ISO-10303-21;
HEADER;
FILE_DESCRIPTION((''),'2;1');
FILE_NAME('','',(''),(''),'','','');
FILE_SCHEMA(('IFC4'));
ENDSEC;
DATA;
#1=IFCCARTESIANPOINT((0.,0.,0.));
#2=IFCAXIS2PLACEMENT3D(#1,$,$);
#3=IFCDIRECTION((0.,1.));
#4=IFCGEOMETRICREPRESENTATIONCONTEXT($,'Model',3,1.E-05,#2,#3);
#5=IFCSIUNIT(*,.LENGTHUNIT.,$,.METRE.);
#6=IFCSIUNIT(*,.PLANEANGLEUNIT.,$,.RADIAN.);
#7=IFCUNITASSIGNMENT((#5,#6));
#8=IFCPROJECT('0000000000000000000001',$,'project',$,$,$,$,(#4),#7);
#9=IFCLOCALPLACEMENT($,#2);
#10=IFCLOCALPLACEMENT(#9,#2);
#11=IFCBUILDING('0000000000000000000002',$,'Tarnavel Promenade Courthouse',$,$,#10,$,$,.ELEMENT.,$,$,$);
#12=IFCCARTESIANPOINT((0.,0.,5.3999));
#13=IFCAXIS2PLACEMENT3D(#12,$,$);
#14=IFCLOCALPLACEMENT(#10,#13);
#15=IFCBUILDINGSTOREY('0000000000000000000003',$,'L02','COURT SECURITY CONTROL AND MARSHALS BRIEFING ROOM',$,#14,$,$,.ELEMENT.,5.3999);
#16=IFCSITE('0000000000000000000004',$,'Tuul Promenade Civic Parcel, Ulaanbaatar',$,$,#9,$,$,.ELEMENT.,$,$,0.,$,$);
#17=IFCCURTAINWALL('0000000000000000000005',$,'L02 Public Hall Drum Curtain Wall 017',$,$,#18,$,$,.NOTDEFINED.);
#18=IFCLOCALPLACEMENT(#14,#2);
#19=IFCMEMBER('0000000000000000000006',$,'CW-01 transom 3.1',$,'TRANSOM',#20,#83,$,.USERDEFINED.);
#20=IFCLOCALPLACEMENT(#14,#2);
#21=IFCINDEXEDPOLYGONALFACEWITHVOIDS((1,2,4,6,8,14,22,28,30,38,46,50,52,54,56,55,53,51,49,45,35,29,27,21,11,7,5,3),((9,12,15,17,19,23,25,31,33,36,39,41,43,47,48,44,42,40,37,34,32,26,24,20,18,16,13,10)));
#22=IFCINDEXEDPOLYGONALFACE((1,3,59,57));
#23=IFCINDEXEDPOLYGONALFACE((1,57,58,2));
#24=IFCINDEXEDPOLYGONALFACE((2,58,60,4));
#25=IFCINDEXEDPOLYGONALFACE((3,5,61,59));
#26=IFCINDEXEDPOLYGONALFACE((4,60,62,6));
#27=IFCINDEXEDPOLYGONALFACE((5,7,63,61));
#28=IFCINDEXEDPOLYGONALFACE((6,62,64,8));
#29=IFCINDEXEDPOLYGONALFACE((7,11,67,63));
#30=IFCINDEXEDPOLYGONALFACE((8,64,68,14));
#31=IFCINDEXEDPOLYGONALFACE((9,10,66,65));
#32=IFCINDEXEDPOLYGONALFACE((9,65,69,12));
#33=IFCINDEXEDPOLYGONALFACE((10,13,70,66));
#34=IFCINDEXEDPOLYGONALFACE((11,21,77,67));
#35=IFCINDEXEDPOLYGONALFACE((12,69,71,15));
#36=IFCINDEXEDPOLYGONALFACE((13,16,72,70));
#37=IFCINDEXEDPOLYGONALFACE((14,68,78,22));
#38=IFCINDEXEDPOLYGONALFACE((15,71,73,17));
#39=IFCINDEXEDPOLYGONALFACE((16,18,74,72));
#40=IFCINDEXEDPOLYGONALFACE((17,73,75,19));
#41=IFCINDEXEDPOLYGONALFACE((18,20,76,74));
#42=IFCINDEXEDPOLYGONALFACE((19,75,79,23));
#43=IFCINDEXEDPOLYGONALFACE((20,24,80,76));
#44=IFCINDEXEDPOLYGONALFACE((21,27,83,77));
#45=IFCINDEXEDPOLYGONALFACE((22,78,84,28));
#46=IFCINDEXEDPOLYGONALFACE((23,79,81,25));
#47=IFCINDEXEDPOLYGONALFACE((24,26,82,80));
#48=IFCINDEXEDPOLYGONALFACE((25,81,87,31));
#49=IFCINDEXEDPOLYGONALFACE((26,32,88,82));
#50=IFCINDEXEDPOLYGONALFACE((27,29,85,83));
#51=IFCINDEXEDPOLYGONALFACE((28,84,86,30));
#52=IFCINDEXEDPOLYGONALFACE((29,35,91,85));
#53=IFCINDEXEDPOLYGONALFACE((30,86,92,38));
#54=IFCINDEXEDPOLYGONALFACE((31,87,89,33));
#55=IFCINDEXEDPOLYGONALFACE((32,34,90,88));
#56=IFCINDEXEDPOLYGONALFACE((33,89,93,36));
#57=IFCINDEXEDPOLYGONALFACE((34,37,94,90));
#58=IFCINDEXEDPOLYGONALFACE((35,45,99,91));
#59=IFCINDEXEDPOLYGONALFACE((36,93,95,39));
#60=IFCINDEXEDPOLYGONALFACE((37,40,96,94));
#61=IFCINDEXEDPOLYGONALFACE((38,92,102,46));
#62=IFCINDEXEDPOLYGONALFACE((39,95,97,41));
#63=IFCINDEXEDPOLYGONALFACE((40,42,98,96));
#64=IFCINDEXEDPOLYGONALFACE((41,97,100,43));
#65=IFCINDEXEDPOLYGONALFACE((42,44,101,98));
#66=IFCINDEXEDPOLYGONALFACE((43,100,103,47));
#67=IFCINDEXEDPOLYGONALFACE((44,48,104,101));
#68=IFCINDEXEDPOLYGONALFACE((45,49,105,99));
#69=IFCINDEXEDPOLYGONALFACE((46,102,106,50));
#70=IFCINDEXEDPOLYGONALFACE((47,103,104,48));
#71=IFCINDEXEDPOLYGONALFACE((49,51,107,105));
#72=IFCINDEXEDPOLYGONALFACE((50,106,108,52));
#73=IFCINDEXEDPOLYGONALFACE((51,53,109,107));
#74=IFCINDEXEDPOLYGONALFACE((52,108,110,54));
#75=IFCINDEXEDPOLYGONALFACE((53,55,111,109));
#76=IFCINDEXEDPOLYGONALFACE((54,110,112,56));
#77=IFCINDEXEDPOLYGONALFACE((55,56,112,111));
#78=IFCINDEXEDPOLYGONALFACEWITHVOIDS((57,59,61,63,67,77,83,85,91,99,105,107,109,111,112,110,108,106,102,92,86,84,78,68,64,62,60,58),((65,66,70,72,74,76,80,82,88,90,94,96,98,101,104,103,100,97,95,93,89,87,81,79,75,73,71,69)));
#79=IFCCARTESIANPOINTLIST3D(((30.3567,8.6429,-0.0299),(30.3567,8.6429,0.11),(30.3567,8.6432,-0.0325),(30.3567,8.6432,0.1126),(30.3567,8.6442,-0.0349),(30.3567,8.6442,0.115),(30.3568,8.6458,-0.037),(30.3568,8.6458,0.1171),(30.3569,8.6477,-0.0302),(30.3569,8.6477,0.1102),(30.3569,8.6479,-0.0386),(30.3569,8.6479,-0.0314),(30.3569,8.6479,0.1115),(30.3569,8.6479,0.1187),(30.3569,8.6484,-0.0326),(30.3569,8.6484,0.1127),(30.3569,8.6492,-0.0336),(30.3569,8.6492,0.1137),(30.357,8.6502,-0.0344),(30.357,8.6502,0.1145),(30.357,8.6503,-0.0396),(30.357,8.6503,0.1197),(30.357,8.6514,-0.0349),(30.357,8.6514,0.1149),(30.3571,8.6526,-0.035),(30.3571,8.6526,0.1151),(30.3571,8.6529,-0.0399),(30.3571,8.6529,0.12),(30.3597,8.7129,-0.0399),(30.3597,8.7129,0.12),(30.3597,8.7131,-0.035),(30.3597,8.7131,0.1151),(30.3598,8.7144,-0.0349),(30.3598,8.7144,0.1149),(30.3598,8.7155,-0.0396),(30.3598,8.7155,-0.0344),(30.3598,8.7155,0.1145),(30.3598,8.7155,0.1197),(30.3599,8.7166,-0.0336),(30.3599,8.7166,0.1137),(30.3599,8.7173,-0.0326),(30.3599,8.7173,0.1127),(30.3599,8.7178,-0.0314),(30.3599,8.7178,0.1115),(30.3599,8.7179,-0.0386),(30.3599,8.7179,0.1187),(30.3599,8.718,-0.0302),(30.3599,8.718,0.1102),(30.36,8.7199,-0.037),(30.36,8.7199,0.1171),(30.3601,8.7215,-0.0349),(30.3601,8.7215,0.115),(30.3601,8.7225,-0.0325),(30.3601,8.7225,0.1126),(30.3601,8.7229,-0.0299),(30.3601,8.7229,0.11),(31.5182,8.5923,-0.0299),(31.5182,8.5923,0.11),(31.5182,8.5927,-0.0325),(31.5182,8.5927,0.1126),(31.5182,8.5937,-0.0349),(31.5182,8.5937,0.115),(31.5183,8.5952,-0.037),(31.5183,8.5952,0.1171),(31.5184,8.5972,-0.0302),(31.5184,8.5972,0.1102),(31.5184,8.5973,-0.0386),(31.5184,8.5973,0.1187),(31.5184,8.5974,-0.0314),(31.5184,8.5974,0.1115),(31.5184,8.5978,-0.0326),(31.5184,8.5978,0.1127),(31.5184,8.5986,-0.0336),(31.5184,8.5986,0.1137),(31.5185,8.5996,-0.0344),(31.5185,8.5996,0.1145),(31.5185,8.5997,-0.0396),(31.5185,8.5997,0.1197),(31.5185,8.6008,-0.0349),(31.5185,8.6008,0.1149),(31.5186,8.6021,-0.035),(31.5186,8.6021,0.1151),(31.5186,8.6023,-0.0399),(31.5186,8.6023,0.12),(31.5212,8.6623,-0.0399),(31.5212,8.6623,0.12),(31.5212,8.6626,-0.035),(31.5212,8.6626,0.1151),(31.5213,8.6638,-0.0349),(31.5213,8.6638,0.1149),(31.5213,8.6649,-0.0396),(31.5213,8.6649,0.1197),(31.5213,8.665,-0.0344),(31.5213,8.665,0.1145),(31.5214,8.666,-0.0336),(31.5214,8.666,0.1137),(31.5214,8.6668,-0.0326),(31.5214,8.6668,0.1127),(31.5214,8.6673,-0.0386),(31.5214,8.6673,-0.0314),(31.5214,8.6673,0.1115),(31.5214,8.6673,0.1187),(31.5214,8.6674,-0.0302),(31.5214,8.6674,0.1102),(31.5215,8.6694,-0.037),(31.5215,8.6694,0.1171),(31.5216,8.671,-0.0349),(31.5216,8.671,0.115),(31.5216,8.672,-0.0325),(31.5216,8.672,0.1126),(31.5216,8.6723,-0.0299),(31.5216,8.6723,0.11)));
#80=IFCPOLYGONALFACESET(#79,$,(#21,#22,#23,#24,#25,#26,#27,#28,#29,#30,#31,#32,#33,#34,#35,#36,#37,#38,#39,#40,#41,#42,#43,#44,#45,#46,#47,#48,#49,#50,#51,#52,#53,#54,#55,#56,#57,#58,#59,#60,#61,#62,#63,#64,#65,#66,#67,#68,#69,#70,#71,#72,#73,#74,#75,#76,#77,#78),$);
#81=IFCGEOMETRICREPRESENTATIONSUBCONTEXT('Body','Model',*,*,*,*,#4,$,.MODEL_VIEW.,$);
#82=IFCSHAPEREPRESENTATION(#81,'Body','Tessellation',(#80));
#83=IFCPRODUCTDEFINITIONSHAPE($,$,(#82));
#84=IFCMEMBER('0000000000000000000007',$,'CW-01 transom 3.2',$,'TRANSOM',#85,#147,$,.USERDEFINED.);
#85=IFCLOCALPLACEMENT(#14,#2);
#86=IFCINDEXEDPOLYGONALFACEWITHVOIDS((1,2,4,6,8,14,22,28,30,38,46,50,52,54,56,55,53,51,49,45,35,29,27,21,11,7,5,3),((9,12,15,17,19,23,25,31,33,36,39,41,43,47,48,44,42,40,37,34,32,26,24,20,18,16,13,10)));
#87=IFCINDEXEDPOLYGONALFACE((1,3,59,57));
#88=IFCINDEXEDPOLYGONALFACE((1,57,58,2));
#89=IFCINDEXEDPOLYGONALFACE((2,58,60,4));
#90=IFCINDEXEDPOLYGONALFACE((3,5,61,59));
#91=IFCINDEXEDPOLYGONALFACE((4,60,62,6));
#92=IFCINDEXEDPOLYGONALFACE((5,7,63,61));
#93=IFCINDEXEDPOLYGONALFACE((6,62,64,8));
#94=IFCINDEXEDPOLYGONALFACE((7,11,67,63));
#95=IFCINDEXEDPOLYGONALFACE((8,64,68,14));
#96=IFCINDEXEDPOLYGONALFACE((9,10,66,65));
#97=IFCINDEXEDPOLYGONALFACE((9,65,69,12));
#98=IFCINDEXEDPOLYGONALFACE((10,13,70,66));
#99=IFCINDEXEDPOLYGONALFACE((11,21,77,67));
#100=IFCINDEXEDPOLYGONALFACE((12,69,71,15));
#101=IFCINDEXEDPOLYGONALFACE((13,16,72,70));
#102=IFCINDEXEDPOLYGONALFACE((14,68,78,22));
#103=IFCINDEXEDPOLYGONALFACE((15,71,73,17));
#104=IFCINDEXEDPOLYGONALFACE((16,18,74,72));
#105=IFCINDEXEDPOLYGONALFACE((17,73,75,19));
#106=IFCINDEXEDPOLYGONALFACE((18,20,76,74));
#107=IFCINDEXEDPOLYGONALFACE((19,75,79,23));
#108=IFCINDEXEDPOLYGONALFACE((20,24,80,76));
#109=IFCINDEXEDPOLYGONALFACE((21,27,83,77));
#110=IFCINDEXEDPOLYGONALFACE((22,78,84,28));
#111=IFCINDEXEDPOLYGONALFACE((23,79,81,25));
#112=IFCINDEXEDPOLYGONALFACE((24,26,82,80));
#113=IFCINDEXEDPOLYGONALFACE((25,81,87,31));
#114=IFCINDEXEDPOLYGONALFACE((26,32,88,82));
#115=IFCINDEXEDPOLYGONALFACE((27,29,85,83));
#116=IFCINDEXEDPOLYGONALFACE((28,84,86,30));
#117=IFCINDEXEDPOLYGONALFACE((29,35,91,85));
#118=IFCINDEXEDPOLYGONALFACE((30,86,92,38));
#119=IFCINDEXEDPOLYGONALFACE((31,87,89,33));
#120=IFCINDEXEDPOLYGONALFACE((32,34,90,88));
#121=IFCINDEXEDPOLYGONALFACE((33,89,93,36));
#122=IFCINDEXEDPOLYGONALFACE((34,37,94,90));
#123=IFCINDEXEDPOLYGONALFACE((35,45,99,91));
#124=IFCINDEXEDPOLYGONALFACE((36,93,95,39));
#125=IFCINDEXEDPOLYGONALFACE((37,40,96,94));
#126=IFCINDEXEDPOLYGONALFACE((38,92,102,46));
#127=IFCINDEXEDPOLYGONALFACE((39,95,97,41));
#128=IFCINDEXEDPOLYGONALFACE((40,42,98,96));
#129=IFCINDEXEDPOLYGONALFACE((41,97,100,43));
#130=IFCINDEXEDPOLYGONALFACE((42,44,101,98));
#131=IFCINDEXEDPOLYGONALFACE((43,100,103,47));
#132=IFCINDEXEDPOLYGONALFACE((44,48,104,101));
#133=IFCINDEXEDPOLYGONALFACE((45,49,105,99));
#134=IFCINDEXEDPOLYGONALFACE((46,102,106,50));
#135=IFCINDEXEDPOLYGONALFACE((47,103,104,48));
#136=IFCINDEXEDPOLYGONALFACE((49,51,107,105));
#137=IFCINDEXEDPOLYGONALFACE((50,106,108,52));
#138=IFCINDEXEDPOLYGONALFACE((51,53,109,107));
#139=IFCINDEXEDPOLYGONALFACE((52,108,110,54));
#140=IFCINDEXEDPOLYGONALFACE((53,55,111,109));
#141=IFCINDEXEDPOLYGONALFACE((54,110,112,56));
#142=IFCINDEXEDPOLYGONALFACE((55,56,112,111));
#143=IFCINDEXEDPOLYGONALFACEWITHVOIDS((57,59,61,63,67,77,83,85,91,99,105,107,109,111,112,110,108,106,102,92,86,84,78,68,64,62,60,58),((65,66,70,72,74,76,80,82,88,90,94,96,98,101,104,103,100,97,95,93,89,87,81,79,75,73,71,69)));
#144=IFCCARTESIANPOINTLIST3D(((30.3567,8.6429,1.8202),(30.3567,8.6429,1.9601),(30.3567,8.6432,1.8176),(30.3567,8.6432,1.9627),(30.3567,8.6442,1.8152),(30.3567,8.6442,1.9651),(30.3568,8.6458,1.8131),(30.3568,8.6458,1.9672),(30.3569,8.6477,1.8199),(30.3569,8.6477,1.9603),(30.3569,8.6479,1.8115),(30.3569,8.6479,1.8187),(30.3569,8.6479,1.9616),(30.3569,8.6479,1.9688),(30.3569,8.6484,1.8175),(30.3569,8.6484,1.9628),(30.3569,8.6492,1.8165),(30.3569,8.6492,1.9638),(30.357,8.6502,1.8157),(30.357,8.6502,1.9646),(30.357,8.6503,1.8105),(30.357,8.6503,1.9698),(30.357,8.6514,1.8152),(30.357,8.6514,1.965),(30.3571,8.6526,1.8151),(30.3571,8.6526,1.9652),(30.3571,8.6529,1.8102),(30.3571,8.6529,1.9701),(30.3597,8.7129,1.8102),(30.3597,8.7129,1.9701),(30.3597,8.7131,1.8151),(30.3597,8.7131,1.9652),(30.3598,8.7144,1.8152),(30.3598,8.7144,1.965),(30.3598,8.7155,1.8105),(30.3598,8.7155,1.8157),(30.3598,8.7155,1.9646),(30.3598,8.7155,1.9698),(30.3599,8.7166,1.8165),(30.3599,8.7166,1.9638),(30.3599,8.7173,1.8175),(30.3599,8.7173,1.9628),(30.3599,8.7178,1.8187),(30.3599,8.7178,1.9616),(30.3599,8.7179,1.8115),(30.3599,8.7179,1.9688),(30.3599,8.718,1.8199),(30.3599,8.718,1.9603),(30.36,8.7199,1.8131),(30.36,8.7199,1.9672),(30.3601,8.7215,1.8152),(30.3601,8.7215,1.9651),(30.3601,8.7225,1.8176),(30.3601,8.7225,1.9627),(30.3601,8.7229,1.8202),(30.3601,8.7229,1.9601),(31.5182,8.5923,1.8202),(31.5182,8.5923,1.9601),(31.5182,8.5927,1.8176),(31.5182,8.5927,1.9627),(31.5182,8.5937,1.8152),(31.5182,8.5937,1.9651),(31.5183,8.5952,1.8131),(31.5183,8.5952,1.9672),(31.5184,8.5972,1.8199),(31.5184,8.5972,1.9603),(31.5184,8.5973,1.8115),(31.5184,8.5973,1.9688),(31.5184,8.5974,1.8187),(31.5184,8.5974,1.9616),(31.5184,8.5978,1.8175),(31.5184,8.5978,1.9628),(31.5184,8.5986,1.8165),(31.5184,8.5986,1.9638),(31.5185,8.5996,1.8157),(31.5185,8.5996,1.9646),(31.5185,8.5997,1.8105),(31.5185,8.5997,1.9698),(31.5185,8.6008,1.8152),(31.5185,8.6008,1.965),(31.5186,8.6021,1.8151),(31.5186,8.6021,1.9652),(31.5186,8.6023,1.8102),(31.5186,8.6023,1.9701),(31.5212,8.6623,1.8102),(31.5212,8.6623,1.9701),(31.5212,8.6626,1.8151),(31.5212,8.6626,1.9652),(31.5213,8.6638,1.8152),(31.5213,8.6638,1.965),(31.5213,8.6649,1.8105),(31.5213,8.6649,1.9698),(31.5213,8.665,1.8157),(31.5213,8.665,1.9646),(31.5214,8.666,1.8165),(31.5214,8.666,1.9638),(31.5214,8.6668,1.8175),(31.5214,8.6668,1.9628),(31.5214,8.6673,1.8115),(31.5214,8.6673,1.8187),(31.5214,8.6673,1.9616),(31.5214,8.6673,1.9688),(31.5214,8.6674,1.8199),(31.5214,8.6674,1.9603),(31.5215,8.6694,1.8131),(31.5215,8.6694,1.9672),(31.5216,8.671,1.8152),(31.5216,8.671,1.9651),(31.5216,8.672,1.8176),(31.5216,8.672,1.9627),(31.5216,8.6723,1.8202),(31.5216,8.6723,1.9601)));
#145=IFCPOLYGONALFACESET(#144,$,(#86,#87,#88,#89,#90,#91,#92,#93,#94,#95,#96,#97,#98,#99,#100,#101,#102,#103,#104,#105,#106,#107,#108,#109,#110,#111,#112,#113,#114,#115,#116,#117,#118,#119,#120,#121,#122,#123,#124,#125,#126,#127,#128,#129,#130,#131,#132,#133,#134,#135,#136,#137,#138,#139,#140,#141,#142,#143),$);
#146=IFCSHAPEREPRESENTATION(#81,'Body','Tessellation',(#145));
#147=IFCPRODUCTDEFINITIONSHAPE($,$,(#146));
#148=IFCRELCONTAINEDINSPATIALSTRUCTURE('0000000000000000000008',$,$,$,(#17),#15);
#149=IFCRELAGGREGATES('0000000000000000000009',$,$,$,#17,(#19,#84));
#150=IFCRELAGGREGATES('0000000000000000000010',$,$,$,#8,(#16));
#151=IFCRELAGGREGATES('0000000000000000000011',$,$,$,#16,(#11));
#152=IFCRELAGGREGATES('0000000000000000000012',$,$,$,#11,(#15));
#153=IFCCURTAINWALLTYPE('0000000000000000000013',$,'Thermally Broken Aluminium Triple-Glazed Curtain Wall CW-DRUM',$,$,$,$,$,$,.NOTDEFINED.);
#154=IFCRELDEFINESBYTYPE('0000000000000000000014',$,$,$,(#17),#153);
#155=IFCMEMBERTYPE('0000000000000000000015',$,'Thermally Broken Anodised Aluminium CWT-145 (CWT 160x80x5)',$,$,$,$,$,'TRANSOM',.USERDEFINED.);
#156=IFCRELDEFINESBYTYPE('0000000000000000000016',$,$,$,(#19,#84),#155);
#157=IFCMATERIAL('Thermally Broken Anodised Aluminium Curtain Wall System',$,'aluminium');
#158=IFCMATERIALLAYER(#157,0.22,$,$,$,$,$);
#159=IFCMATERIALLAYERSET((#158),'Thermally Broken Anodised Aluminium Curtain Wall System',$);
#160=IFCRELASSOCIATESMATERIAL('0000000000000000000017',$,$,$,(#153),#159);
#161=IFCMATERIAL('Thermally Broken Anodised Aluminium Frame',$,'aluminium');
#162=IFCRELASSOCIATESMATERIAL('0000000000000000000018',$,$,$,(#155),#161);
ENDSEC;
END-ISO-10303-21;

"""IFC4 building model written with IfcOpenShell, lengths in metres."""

from ifc_helpers import new_model, si_unit, direction, frame, origin, origin_2d, place, context, subcontext, project, spatial, hollow_rectangle, extrude, material, layer, layer_set, material_profile, profile_set, type_object, element, aggregate, save


model = new_model("IFC4")

# Units and contexts
model_context = context("Model", 3, precision=1e-05, world=origin(), true_north=direction((0.0, 1.0)))
body_context = subcontext(model_context, "Body", "Model", "MODEL_VIEW")
ifc_project = project(units=[si_unit("LENGTHUNIT", "METRE"), si_unit("PLANEANGLEUNIT", "RADIAN")], contexts=[model_context])

# Site, building, storey
site_placement = place(None, origin())
site = spatial("IfcSite", under=ifc_project, at=site_placement, Name="Tuul Promenade Civic Parcel, Ulaanbaatar", CompositionType="ELEMENT", RefElevation=0.0)
building_placement = place(site_placement, origin())
building = spatial("IfcBuilding", under=site, at=building_placement, Name="Tarnavel Promenade Courthouse", CompositionType="ELEMENT")
storey_placement = place(building_placement, frame((0.0, 0.0, 5.3999)))
storey = spatial("IfcBuildingStorey", under=building, at=storey_placement, Name="L02", Description="COURT SECURITY CONTROL AND MARSHALS BRIEFING ROOM", CompositionType="ELEMENT", Elevation=5.3999)

# Shared definitions
ifc_material_1 = material(Name="Thermally Broken Anodised Aluminium Curtain Wall System", Category="aluminium")
ifc_layer_1 = layer(ifc_material_1, 0.22)
ifc_layer_set_1 = layer_set([ifc_layer_1], Name="Thermally Broken Anodised Aluminium Curtain Wall System")
curtain_wall_type = type_object("IfcCurtainWallType", Name="Thermally Broken Aluminium Triple-Glazed Curtain Wall CW-DRUM", PredefinedType="NOTDEFINED", material=ifc_layer_set_1)
ifc_material_2 = material(Name="Thermally Broken Anodised Aluminium Frame", Category="aluminium")

# Curtain wall
curtain_wall_1_placement = place(storey_placement, origin())
curtain_wall_1 = element("IfcCurtainWall", 1, at=curtain_wall_1_placement, inside=storey, type_object=curtain_wall_type, Name="L02 Public Hall Drum Curtain Wall 017", PredefinedType="NOTDEFINED")

# Members
ifc_material_profile_1 = material_profile(ifc_material_2, hollow_rectangle(XDim=0.0801, YDim=0.1599, WallThickness=0.0049, InnerFilletRadius=0.0049, OuterFilletRadius=0.01, at=origin_2d()), Name="CWT 160x80x5")
ifc_profile_set_1 = profile_set([ifc_material_profile_1], Name="Thermally Broken Anodised Aluminium Frame")
member_type_1 = type_object("IfcMemberType", Name="Thermally Broken Anodised Aluminium CWT-145 (CWT 160x80x5)", ElementType="TRANSOM", PredefinedType="USERDEFINED", material=ifc_profile_set_1)
member_1_placement = place(storey_placement, frame((30.3584, 8.6829, 0.04), z_axis=(0.999055, -0.043474, 0.0), x_axis=(0.043474, 0.999055, 0.0)))
member_1 = element("IfcMember", 2, at=member_1_placement, type_object=member_type_1, Name="CW-01 transom 3.1", ObjectType="TRANSOM", PredefinedType="USERDEFINED", context=body_context, shape_type="SweptSolid", body=[
    extrude(hollow_rectangle(XDim=0.0801, YDim=0.1599, WallThickness=0.0049, InnerFilletRadius=0.0049, OuterFilletRadius=0.01, at=origin_2d()), origin(), (0.0, 0.0, 1.0), 1.1626),
])
member_2_placement = place(storey_placement, frame((30.3584, 8.6829, 1.8901), z_axis=(0.999055, -0.043474, 0.0), x_axis=(0.043474, 0.999055, 0.0)))
member_2 = element("IfcMember", 3, at=member_2_placement, type_object=member_type_1, Name="CW-01 transom 3.2", ObjectType="TRANSOM", PredefinedType="USERDEFINED", context=body_context, shape_type="SweptSolid", body=[
    extrude(hollow_rectangle(XDim=0.0801, YDim=0.1599, WallThickness=0.0049, InnerFilletRadius=0.0049, OuterFilletRadius=0.01, at=origin_2d()), origin(), (0.0, 0.0, 1.0), 1.1626),
])

aggregate(curtain_wall_1, [member_1, member_2])

save(model, "model.ifc")
